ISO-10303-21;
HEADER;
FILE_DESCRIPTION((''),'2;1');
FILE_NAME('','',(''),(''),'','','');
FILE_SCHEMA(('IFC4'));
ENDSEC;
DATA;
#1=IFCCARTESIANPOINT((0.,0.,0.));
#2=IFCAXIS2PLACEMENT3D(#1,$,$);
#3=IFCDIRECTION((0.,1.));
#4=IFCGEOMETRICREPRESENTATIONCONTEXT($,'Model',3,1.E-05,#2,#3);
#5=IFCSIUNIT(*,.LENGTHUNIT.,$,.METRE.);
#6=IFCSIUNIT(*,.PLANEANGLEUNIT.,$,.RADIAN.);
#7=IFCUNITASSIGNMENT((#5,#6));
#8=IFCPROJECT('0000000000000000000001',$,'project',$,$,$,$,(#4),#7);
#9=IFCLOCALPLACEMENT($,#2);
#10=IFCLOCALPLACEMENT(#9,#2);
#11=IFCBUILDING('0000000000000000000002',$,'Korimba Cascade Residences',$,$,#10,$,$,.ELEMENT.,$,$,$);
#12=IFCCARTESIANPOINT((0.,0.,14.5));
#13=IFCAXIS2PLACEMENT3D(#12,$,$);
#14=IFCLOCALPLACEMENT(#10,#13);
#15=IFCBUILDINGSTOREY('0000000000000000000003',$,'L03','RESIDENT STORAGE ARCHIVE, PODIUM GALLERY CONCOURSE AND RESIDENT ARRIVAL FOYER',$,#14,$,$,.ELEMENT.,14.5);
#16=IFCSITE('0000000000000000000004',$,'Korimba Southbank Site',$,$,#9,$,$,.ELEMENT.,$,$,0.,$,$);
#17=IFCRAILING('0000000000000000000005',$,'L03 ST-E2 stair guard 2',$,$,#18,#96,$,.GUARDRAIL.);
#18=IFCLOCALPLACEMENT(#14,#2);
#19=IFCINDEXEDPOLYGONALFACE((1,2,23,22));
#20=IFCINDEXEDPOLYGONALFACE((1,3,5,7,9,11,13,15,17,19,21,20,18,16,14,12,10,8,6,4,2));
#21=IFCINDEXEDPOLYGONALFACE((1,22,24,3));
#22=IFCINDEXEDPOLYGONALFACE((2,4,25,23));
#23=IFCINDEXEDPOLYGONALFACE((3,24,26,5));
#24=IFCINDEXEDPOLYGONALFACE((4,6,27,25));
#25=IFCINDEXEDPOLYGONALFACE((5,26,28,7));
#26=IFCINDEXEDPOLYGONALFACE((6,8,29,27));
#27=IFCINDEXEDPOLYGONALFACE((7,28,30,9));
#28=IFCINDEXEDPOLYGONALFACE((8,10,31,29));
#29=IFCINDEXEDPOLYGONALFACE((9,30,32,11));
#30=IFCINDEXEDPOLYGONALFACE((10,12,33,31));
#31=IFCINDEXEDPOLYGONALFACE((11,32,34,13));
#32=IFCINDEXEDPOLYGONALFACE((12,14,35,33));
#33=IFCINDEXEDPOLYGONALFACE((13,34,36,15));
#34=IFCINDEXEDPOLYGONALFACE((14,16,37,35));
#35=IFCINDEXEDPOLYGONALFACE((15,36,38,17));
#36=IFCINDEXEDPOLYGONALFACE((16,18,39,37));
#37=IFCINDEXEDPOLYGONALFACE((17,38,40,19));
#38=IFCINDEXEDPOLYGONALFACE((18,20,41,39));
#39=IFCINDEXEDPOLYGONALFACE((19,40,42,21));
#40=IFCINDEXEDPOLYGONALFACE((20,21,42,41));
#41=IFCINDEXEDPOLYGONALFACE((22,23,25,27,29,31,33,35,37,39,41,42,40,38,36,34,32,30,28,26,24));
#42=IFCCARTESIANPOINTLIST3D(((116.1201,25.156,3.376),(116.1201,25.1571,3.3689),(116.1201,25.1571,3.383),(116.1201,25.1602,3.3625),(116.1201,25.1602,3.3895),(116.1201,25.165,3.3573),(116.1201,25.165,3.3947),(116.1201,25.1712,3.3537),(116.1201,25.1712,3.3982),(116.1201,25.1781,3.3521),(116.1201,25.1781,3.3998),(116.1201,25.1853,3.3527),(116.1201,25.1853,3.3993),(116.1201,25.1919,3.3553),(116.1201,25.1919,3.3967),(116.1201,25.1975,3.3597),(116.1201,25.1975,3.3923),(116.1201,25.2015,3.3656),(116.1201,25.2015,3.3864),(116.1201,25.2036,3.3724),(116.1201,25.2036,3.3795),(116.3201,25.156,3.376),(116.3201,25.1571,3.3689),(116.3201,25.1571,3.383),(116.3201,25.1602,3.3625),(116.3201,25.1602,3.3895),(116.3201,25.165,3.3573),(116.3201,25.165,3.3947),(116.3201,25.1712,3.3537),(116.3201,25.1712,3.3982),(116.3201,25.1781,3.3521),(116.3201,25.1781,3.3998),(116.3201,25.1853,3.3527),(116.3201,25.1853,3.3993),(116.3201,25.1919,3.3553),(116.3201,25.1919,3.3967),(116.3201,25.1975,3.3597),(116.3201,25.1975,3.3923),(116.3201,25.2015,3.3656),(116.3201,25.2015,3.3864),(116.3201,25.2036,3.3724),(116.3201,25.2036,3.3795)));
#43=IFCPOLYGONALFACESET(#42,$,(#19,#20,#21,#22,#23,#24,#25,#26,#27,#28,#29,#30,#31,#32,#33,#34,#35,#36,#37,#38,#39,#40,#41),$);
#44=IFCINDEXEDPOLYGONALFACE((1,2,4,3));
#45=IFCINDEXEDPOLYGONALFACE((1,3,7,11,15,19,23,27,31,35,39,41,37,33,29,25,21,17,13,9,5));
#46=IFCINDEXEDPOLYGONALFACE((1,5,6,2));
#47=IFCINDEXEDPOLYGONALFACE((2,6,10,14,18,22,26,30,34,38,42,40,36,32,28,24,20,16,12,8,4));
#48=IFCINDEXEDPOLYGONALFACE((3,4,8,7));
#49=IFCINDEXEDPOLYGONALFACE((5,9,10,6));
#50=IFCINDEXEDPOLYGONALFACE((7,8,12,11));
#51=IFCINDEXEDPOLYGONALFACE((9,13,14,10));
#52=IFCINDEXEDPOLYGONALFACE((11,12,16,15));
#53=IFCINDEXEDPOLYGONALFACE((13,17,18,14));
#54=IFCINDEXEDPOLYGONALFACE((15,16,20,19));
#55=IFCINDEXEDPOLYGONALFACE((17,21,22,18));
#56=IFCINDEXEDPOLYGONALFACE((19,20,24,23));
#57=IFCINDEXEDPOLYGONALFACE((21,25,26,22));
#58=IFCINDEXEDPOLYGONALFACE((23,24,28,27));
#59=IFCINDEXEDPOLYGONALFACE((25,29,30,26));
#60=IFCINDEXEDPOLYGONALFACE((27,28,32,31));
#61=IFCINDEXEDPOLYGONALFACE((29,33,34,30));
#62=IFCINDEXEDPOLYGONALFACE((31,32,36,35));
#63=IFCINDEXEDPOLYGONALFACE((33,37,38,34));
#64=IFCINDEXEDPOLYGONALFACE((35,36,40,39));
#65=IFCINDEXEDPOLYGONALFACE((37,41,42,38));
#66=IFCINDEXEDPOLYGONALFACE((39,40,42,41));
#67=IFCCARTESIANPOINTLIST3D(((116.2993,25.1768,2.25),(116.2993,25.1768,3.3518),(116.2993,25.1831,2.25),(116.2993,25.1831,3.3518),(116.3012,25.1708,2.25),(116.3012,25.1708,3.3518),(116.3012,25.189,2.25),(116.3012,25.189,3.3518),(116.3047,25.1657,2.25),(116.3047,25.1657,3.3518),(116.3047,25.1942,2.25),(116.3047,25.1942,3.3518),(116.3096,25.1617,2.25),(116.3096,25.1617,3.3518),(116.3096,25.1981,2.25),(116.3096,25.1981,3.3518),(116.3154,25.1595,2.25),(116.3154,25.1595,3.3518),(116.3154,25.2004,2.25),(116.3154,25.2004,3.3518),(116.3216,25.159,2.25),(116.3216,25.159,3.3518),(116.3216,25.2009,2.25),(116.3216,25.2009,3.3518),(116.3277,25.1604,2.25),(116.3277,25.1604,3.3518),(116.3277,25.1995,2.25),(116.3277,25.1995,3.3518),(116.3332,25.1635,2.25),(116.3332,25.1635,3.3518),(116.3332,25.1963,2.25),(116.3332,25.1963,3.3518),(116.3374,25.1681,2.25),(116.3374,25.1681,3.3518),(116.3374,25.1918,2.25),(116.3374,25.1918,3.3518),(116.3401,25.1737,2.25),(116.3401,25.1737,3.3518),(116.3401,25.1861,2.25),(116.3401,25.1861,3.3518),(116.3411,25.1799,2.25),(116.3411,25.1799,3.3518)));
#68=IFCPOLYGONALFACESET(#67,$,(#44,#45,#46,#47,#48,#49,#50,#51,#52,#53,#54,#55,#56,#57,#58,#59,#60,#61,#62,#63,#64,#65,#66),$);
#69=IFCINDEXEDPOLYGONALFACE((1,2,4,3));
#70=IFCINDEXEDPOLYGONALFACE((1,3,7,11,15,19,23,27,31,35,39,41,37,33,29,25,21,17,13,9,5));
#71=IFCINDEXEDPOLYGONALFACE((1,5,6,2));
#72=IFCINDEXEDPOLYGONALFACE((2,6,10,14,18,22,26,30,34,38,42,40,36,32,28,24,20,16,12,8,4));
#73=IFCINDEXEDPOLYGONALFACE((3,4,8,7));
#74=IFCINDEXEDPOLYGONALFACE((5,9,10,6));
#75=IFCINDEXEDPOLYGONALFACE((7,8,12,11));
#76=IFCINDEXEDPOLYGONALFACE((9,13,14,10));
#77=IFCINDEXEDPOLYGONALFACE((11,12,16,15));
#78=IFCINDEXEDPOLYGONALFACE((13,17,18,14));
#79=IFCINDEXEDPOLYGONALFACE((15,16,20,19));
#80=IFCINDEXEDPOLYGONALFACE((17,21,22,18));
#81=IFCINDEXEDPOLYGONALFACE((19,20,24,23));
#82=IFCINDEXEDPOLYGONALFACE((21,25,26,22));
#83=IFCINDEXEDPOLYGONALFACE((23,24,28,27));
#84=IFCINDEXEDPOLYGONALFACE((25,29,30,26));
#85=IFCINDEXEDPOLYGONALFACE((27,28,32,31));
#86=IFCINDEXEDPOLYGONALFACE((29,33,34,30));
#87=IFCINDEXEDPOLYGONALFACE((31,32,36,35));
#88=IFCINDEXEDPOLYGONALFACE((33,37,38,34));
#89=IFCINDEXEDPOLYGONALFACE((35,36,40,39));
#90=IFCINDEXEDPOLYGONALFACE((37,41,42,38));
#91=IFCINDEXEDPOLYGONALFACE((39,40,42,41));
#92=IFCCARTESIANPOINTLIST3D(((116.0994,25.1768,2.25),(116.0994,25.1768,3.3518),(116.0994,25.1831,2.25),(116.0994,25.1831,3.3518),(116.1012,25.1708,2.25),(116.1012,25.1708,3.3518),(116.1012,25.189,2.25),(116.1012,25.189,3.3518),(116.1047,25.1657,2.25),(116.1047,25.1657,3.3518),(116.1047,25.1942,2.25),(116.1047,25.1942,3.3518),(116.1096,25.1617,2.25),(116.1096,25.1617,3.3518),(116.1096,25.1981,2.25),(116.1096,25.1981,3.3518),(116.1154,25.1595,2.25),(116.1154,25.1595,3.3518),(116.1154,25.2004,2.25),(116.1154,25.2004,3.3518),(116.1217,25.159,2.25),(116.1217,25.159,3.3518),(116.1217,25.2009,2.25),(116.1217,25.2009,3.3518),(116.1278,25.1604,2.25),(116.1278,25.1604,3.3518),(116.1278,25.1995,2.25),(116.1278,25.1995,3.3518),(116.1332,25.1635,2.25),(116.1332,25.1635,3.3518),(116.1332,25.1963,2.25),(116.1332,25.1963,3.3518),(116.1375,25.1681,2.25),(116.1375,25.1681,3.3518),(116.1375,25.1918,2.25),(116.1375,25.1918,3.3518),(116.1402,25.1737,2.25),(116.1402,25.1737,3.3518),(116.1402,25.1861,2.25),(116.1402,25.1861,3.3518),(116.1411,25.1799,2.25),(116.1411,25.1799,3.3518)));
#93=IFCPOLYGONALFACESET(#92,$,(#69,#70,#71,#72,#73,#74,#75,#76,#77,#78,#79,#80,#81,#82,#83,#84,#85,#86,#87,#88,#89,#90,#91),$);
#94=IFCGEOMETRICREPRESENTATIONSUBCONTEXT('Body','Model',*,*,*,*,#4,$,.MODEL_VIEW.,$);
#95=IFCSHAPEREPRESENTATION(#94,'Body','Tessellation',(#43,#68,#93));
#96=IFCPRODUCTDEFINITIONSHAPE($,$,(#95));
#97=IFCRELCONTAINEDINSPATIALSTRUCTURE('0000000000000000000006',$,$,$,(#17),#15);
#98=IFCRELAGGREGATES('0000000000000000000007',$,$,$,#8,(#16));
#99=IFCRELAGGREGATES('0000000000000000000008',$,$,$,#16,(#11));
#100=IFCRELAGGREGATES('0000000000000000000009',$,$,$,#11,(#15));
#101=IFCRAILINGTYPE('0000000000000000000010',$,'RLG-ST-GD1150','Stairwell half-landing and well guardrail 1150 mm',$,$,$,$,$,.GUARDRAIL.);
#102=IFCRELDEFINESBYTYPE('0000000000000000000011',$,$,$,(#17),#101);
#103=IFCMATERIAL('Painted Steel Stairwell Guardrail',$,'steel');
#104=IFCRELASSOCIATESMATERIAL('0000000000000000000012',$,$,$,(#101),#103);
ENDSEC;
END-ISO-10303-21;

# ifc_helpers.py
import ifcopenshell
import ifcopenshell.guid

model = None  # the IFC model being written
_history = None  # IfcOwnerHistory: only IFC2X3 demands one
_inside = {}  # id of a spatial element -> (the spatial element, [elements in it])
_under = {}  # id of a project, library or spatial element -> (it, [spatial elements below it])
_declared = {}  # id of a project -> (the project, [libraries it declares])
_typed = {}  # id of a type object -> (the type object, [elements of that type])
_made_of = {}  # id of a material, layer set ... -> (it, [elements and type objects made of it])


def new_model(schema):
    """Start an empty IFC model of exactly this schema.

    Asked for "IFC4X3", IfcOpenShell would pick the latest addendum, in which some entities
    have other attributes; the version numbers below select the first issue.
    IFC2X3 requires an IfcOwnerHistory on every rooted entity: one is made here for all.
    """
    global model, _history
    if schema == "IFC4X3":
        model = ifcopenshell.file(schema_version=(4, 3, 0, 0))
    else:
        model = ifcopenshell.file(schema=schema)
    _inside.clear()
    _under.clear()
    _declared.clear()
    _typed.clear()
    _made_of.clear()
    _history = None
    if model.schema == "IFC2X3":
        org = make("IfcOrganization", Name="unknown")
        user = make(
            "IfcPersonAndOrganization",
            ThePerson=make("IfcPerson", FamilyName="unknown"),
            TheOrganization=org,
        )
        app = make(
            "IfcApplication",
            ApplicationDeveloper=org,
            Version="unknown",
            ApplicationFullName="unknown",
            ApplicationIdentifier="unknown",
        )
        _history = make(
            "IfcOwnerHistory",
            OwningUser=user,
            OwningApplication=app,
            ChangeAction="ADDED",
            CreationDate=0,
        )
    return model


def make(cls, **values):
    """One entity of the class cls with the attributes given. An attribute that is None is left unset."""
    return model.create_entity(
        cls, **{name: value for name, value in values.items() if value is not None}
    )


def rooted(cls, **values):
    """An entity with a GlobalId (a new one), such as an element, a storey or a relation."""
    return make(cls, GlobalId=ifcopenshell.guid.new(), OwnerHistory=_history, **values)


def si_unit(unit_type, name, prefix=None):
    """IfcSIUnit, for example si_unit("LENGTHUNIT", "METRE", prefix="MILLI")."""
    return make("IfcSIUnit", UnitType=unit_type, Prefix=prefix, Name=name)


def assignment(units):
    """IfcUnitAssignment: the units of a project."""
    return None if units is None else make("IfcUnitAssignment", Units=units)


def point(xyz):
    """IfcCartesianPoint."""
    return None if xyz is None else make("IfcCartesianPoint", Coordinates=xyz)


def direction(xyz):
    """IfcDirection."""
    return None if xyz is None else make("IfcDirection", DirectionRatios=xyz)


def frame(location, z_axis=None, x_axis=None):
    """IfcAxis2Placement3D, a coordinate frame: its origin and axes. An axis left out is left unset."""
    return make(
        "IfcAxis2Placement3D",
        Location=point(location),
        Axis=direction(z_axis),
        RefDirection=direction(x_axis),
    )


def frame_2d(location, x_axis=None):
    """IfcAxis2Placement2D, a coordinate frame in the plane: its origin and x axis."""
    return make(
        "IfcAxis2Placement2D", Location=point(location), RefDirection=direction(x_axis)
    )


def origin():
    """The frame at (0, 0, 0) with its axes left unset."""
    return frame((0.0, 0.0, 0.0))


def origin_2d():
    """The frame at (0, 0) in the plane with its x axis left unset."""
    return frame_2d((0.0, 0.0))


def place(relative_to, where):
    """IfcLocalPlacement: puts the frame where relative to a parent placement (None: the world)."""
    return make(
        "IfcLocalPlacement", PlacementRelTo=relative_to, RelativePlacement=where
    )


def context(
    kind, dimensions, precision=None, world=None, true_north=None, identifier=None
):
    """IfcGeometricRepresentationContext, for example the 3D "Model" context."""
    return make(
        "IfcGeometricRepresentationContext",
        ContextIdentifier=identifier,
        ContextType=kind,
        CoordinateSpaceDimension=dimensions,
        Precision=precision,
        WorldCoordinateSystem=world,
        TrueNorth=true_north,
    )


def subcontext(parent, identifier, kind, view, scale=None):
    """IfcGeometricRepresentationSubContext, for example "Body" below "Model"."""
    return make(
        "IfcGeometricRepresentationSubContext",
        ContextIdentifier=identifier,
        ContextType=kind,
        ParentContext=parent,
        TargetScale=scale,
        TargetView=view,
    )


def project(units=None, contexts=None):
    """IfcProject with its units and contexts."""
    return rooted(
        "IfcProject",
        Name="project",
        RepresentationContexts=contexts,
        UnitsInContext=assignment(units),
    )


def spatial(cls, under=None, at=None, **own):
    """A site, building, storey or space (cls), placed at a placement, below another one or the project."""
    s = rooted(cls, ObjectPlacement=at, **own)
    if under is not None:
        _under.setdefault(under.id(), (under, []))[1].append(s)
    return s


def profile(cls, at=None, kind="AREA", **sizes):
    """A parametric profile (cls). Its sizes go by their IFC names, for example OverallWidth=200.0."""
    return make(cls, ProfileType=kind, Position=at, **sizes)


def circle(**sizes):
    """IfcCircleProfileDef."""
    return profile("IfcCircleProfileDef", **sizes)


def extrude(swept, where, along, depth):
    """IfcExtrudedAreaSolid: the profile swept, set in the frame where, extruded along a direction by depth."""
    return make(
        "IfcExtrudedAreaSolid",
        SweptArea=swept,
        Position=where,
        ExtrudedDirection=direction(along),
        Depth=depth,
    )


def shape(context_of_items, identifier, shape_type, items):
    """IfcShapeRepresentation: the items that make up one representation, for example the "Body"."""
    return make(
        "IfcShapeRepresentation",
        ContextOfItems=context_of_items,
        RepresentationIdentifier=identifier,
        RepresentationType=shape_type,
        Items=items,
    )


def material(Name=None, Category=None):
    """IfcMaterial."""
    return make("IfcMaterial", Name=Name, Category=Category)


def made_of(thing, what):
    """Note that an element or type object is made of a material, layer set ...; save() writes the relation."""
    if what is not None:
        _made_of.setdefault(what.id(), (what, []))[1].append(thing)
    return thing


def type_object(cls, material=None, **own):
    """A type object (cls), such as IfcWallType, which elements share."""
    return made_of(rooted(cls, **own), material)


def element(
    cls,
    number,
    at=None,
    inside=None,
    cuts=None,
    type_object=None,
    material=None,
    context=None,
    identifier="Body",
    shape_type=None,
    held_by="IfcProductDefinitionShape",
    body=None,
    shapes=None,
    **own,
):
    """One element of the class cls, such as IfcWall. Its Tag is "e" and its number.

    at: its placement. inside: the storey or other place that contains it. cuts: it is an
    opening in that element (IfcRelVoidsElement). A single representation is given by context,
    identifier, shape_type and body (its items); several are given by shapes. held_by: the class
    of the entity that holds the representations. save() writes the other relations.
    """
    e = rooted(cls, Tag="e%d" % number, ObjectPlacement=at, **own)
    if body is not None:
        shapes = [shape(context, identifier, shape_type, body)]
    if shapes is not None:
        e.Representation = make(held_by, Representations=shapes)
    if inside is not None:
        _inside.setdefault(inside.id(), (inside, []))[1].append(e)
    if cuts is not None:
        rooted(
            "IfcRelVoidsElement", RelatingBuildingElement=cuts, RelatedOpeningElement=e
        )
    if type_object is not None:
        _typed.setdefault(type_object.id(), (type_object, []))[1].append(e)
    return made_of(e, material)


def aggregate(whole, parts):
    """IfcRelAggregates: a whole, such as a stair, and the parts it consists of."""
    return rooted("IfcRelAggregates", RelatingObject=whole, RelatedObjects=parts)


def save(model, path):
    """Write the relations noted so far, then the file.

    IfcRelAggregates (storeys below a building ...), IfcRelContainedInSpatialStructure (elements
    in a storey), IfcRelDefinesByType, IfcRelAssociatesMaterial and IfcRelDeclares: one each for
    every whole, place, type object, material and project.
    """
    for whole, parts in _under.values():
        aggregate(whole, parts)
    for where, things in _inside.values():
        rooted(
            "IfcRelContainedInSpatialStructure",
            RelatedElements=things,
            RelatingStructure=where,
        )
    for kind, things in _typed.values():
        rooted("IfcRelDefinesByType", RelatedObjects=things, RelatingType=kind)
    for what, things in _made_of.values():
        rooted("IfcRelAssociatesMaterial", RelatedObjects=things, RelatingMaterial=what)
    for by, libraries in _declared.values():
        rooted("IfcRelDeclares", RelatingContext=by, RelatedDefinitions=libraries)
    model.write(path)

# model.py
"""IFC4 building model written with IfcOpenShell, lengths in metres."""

from ifc_helpers import new_model, si_unit, direction, frame, origin, origin_2d, place, context, subcontext, project, spatial, circle, extrude, material, type_object, element, save


model = new_model("IFC4")

# Units and contexts
model_context = context("Model", 3, precision=1e-05, world=origin(), true_north=direction((0.0, 1.0)))
body_context = subcontext(model_context, "Body", "Model", "MODEL_VIEW")
ifc_project = project(units=[si_unit("LENGTHUNIT", "METRE"), si_unit("PLANEANGLEUNIT", "RADIAN")], contexts=[model_context])

# Site, building, storey
site_placement = place(None, origin())
site = spatial("IfcSite", under=ifc_project, at=site_placement, Name="Korimba Southbank Site", CompositionType="ELEMENT", RefElevation=0.0)
building_placement = place(site_placement, origin())
building = spatial("IfcBuilding", under=site, at=building_placement, Name="Korimba Cascade Residences", CompositionType="ELEMENT")
storey_placement = place(building_placement, frame((0.0, 0.0, 14.5)))
storey = spatial("IfcBuildingStorey", under=building, at=storey_placement, Name="L03", Description="RESIDENT STORAGE ARCHIVE, PODIUM GALLERY CONCOURSE AND RESIDENT ARRIVAL FOYER", CompositionType="ELEMENT", Elevation=14.5)

# Railing
ifc_material_1 = material(Name="Painted Steel Stairwell Guardrail", Category="steel")
railing_type_1 = type_object("IfcRailingType", Name="RLG-ST-GD1150", Description="Stairwell half-landing and well guardrail 1150 mm", PredefinedType="GUARDRAIL", material=ifc_material_1)
railing_1_placement = place(storey_placement, frame((116.3201, 25.1799, 2.25)))
element("IfcRailing", 1, at=railing_1_placement, inside=storey, type_object=railing_type_1, Name="L03 ST-E2 stair guard 2", PredefinedType="GUARDRAIL", context=body_context, shape_type="SweptSolid", body=[
    extrude(circle(Radius=0.0239, at=origin_2d()), frame((0.0, 0.0, 1.126), z_axis=(-1.0, 0.0, 0.0), x_axis=(0.0, -1.0, 0.0)), (0.0, 0.0, 1.0), 0.2),
    extrude(circle(Radius=0.021, at=origin_2d()), origin(), (0.0, 0.0, 1.0), 1.1018),
    extrude(circle(Radius=0.021, at=origin_2d()), frame((-0.2, 0.0, 0.0)), (0.0, 0.0, 1.0), 1.1018),
])

save(model, "model.ifc")
